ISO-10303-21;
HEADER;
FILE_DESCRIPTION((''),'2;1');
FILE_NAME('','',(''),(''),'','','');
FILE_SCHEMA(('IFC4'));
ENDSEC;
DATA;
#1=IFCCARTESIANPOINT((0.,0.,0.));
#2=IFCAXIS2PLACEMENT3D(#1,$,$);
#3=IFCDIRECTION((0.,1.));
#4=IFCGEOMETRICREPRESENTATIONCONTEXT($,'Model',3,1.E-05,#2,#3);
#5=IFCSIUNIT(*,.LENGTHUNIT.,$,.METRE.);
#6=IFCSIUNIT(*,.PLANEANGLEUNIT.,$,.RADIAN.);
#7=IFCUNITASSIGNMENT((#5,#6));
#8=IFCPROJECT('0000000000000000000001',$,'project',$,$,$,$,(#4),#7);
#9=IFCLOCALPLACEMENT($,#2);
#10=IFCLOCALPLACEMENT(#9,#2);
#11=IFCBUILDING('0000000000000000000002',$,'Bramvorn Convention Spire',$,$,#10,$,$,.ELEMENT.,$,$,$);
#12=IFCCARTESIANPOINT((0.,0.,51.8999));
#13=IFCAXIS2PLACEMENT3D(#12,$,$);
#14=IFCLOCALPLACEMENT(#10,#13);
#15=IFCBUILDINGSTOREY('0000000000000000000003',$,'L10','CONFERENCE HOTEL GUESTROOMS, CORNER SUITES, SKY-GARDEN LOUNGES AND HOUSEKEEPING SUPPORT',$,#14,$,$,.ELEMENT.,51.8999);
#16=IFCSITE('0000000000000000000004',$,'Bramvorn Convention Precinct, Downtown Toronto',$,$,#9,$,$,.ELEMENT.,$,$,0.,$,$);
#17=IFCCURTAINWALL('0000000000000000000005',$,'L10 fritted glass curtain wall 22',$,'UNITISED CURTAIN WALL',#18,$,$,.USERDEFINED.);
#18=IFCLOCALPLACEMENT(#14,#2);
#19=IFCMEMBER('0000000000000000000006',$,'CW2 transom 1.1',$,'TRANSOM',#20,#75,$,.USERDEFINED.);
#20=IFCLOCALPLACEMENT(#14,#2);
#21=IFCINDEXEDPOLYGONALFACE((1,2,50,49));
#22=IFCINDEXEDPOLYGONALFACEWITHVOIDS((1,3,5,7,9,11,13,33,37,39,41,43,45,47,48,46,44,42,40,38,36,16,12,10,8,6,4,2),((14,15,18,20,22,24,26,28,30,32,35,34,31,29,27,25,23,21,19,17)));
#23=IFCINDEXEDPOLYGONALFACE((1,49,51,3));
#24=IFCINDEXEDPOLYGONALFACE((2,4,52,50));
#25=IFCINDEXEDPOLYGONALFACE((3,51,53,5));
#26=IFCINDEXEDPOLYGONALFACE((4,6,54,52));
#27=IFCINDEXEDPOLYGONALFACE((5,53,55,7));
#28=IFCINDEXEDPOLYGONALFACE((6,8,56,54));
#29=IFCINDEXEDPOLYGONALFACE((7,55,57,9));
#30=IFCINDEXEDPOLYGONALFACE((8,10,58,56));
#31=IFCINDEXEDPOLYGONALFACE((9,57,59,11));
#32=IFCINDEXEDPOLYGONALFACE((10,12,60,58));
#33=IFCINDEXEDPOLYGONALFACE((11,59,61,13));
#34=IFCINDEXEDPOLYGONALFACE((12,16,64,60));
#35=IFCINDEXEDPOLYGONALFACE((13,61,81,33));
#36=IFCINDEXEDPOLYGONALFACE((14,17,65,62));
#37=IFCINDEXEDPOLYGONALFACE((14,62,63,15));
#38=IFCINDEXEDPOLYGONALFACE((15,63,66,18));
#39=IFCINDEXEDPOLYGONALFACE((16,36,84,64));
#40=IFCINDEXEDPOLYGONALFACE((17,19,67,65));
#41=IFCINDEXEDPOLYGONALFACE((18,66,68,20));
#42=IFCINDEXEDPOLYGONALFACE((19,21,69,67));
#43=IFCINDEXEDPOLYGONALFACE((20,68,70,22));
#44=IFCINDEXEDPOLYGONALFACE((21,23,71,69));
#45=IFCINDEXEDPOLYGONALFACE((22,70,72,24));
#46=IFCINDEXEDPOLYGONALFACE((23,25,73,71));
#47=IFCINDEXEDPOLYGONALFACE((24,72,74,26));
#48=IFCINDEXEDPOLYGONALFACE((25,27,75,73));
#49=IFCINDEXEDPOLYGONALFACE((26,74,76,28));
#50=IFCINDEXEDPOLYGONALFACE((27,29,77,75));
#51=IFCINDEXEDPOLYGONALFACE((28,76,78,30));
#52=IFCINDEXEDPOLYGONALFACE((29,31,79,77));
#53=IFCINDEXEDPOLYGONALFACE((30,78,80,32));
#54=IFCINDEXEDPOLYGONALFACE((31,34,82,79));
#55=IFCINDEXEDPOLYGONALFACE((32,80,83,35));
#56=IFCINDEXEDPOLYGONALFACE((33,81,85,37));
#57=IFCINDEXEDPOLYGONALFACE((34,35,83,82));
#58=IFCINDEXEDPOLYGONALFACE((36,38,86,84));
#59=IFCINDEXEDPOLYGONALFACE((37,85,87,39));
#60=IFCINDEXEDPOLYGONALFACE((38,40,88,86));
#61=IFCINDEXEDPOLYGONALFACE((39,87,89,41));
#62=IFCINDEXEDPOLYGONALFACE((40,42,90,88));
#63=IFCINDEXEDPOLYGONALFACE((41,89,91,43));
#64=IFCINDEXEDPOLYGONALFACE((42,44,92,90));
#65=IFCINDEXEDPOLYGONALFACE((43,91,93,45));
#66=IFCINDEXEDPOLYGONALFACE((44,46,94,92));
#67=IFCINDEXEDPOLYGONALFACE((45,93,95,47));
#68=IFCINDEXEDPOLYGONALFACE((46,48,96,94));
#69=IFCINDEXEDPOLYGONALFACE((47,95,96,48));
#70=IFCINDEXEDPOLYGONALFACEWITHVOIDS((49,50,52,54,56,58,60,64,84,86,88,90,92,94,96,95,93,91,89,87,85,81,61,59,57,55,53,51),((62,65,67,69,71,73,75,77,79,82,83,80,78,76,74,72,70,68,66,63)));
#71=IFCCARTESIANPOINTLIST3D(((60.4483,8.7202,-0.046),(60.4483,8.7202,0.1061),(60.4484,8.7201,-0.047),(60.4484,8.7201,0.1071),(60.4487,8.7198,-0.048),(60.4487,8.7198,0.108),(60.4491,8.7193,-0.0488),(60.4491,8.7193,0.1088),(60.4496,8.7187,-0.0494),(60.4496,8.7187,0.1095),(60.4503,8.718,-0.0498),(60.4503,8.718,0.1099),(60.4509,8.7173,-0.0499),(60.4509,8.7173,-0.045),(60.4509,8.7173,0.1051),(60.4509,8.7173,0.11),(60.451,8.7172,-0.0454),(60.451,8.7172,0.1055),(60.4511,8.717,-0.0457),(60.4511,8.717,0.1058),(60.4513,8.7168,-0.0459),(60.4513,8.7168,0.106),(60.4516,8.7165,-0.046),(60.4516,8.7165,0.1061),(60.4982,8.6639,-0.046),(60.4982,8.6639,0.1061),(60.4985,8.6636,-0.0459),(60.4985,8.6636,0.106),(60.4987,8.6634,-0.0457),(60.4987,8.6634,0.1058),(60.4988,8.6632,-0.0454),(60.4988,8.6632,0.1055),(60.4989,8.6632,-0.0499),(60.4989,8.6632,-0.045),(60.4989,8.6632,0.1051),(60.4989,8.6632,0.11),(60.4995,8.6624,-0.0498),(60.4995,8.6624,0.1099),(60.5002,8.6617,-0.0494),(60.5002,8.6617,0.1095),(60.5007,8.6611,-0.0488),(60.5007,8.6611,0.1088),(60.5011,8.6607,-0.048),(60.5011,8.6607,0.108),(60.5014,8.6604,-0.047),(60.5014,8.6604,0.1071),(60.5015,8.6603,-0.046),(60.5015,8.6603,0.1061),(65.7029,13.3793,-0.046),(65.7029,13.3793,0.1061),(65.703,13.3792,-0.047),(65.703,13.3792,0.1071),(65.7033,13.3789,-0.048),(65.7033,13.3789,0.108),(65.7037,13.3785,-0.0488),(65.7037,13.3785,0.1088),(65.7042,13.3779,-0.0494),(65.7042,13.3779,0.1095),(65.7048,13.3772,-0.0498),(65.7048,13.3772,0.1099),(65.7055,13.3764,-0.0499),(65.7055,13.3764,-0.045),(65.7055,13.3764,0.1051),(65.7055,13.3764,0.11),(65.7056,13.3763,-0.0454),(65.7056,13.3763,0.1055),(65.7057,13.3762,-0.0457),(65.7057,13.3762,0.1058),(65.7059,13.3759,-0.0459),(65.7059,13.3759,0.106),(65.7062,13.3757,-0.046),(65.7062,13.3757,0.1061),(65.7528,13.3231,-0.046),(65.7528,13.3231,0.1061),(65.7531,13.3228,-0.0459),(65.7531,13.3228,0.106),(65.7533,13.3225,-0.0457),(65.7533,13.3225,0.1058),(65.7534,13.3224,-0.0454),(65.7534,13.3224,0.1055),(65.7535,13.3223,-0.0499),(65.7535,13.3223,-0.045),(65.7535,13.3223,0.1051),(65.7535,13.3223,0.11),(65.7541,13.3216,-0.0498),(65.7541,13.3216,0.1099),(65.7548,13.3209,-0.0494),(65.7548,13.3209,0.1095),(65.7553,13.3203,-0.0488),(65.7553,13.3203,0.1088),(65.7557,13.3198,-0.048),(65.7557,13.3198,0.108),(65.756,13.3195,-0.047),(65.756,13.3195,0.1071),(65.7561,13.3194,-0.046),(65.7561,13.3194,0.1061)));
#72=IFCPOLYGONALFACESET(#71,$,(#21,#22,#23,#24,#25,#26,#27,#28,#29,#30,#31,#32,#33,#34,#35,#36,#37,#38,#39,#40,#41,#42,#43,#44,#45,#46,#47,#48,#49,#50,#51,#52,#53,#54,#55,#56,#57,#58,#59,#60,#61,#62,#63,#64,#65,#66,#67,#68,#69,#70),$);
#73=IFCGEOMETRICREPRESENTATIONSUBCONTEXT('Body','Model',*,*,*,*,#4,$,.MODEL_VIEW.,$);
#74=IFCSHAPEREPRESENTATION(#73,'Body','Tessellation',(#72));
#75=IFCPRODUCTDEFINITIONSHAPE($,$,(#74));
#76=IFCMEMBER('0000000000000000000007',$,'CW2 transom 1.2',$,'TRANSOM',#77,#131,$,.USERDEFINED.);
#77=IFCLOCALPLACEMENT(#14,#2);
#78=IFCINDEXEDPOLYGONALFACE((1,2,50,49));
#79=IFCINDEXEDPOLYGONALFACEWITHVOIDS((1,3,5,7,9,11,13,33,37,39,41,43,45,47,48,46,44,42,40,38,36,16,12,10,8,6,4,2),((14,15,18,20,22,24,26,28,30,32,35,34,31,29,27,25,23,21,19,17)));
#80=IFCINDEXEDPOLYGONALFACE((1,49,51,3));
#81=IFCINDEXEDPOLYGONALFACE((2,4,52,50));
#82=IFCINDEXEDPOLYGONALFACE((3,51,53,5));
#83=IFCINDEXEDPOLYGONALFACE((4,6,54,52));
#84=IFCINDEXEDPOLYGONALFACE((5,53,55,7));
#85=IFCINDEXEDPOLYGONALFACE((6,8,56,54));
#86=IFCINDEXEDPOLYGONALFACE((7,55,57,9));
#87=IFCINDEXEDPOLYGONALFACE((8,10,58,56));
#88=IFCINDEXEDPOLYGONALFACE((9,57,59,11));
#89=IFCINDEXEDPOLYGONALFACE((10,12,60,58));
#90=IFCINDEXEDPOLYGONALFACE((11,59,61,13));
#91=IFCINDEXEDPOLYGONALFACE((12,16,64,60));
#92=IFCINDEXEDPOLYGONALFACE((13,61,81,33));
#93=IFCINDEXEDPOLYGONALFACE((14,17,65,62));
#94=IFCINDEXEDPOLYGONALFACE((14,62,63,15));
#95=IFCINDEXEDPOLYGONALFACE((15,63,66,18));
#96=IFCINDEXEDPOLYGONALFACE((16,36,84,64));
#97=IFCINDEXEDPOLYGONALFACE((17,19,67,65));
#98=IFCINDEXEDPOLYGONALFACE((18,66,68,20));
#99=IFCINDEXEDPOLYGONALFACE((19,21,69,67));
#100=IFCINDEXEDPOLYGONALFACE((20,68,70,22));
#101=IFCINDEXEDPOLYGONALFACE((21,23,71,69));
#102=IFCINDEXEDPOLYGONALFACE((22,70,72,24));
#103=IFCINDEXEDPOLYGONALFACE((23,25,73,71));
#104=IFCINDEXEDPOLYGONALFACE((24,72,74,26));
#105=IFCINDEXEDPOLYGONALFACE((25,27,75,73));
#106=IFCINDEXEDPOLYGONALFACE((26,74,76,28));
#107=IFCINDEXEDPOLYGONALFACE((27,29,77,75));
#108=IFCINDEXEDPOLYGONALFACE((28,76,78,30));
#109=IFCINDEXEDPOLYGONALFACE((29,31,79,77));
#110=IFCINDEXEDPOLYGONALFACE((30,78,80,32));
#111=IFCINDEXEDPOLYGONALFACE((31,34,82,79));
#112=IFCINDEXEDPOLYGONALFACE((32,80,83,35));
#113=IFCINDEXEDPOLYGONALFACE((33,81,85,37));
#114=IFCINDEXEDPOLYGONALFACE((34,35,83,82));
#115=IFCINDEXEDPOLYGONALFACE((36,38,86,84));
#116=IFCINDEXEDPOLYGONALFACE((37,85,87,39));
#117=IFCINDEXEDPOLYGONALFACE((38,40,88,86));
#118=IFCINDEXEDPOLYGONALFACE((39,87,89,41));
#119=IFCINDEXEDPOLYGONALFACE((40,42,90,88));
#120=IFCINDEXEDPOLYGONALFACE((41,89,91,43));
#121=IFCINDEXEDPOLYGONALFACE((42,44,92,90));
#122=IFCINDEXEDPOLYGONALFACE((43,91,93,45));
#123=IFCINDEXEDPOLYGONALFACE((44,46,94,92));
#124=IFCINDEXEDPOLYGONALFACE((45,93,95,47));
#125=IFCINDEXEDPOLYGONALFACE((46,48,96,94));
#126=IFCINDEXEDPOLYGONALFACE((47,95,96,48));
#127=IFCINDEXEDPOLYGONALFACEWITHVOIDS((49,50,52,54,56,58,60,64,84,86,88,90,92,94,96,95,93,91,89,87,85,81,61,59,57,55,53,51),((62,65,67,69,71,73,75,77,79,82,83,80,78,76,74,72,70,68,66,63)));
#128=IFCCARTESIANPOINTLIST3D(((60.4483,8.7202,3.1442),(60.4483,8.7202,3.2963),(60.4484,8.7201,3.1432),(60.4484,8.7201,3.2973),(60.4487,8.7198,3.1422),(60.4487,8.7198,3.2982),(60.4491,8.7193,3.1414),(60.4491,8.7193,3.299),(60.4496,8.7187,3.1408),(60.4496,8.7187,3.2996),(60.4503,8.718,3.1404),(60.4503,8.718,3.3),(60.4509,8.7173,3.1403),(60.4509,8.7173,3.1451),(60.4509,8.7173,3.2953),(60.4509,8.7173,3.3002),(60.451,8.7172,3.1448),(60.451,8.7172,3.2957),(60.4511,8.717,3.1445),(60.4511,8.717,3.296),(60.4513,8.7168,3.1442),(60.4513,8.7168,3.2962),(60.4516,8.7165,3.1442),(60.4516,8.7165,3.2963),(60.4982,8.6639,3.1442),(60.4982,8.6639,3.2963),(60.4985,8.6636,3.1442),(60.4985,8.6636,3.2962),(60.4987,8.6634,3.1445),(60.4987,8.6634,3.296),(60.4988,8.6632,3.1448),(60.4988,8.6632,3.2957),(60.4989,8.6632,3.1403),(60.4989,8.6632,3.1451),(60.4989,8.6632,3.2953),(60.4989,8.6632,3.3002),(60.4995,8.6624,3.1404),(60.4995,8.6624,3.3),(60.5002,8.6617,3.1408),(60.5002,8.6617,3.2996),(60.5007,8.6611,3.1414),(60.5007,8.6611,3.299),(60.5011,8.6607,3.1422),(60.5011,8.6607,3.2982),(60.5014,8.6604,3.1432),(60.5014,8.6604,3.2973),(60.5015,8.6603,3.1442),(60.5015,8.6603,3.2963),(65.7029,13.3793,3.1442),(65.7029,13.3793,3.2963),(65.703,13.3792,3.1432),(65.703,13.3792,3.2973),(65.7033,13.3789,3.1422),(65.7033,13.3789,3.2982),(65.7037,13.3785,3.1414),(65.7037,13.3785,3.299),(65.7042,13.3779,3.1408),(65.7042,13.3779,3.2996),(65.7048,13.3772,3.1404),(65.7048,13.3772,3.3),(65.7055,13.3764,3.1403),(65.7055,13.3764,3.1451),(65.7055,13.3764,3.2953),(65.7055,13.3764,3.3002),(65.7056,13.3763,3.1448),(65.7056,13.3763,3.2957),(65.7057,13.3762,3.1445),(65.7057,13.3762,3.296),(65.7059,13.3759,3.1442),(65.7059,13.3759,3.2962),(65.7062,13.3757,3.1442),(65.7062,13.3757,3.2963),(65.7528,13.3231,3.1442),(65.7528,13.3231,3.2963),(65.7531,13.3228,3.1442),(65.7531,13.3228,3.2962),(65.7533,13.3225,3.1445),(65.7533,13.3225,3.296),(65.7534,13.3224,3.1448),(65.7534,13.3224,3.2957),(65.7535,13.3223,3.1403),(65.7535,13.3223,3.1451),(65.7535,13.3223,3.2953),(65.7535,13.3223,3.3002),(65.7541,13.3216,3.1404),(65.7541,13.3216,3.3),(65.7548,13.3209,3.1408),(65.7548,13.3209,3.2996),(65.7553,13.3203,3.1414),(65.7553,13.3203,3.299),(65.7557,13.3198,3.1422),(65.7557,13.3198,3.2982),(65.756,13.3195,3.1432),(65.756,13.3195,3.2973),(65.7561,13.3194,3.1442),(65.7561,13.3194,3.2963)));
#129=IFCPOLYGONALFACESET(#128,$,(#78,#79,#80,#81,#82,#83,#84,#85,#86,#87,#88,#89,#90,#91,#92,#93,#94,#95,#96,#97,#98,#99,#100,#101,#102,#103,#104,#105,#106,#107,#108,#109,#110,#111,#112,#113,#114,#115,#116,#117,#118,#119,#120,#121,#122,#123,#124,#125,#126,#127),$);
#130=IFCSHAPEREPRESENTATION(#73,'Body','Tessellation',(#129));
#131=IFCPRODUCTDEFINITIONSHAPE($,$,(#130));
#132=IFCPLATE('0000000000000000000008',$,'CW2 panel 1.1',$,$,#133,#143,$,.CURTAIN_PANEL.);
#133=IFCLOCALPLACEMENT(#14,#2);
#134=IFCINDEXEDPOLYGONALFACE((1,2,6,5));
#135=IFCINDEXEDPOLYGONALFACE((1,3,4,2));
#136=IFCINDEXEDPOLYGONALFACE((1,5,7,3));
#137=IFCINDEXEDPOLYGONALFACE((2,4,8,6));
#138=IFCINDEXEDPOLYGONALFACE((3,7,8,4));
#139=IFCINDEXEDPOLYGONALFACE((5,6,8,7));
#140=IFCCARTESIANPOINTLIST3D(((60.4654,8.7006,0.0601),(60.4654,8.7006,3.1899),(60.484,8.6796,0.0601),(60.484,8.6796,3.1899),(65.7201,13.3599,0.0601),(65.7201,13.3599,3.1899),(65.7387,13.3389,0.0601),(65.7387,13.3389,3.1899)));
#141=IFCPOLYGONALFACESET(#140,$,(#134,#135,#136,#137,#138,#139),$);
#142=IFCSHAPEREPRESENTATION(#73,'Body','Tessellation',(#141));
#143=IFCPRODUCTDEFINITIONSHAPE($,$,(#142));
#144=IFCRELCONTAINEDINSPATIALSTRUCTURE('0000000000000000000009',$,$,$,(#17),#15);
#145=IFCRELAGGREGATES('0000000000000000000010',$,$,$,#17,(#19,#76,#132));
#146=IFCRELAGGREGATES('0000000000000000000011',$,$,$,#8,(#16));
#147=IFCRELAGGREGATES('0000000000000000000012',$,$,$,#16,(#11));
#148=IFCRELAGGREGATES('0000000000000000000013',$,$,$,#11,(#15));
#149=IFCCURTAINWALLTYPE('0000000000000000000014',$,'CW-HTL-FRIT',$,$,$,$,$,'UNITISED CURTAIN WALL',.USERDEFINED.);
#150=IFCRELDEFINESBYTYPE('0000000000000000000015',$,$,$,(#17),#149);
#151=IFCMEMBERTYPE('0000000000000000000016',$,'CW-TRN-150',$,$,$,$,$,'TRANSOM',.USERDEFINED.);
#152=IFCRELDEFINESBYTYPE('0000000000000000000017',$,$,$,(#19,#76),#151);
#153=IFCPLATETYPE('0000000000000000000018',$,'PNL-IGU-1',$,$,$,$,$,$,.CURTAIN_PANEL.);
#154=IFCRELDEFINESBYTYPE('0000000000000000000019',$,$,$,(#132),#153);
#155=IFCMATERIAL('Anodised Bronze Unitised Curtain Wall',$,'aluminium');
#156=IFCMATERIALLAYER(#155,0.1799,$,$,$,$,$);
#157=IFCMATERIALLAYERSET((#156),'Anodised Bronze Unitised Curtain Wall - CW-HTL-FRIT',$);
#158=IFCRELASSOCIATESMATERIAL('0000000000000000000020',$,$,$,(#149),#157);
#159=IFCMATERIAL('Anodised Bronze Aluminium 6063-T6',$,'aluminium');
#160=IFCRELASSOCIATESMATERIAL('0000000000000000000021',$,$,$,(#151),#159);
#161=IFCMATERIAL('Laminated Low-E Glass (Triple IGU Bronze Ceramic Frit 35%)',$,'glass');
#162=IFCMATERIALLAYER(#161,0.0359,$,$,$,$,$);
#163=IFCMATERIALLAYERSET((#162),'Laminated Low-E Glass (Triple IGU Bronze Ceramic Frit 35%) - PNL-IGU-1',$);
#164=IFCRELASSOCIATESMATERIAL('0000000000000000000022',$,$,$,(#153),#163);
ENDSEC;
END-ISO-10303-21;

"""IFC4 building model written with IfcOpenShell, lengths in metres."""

from ifc_helpers import new_model, si_unit, direction, frame, origin, origin_2d, place, context, subcontext, project, spatial, rectangle, hollow_rectangle, extrude, material, layer, layer_set, material_profile, profile_set, type_object, element, aggregate, save


model = new_model("IFC4")

# Units and contexts
model_context = context("Model", 3, precision=1e-05, world=origin(), true_north=direction((0.0, 1.0)))
body_context = subcontext(model_context, "Body", "Model", "MODEL_VIEW")
ifc_project = project(units=[si_unit("LENGTHUNIT", "METRE"), si_unit("PLANEANGLEUNIT", "RADIAN")], contexts=[model_context])

# Site, building, storey
site_placement = place(None, origin())
site = spatial("IfcSite", under=ifc_project, at=site_placement, Name="Bramvorn Convention Precinct, Downtown Toronto", CompositionType="ELEMENT", RefElevation=0.0)
building_placement = place(site_placement, origin())
building = spatial("IfcBuilding", under=site, at=building_placement, Name="Bramvorn Convention Spire", CompositionType="ELEMENT")
storey_placement = place(building_placement, frame((0.0, 0.0, 51.8999)))
storey = spatial("IfcBuildingStorey", under=building, at=storey_placement, Name="L10", Description="CONFERENCE HOTEL GUESTROOMS, CORNER SUITES, SKY-GARDEN LOUNGES AND HOUSEKEEPING SUPPORT", CompositionType="ELEMENT", Elevation=51.8999)

# Shared definitions
ifc_material_1 = material(Name="Anodised Bronze Unitised Curtain Wall", Category="aluminium")
ifc_layer_1 = layer(ifc_material_1, 0.1799)
ifc_layer_set_1 = layer_set([ifc_layer_1], Name="Anodised Bronze Unitised Curtain Wall - CW-HTL-FRIT")
curtain_wall_type = type_object("IfcCurtainWallType", Name="CW-HTL-FRIT", ElementType="UNITISED CURTAIN WALL", PredefinedType="USERDEFINED", material=ifc_layer_set_1)
ifc_material_2 = material(Name="Anodised Bronze Aluminium 6063-T6", Category="aluminium")

# Curtain wall
curtain_wall_1_placement = place(storey_placement, origin())
curtain_wall_1 = element("IfcCurtainWall", 1, at=curtain_wall_1_placement, inside=storey, type_object=curtain_wall_type, Name="L10 fritted glass curtain wall 22", ObjectType="UNITISED CURTAIN WALL", PredefinedType="USERDEFINED")

# Members
ifc_material_profile_1 = material_profile(ifc_material_2, hollow_rectangle(XDim=0.0801, YDim=0.1599, WallThickness=0.0039, InnerFilletRadius=0.001, OuterFilletRadius=0.0039, at=origin_2d()))
ifc_profile_set_1 = profile_set([ifc_material_profile_1], Name="Anodised Bronze Aluminium 6063-T6 - CWT80X160")
member_type_1 = type_object("IfcMemberType", Name="CW-TRN-150", ElementType="TRANSOM", PredefinedType="USERDEFINED", material=ifc_profile_set_1)
member_1_placement = place(storey_placement, frame((65.7295, 13.3494, 0.03), z_axis=(-0.74823, -0.66344, 0.0), x_axis=(0.66344, -0.74823, 0.0)))
member_1 = element("IfcMember", 2, at=member_1_placement, type_object=member_type_1, Name="CW2 transom 1.1", ObjectType="TRANSOM", PredefinedType="USERDEFINED", context=body_context, shape_type="SweptSolid", body=[
    extrude(hollow_rectangle(XDim=0.0801, YDim=0.1599, WallThickness=0.0039, InnerFilletRadius=0.001, OuterFilletRadius=0.0039, at=origin_2d()), origin(), (0.0, 0.0, 1.0), 7.0227),
])
member_2_placement = place(storey_placement, frame((65.7295, 13.3494, 3.2202), z_axis=(-0.74823, -0.66344, 0.0), x_axis=(0.66344, -0.74823, 0.0)))
member_2 = element("IfcMember", 3, at=member_2_placement, type_object=member_type_1, Name="CW2 transom 1.2", ObjectType="TRANSOM", PredefinedType="USERDEFINED", context=body_context, shape_type="SweptSolid", body=[
    extrude(hollow_rectangle(XDim=0.0801, YDim=0.1599, WallThickness=0.0039, InnerFilletRadius=0.001, OuterFilletRadius=0.0039, at=origin_2d()), origin(), (0.0, 0.0, 1.0), 7.0227),
])

# Plate
ifc_material_3 = material(Name="Laminated Low-E Glass (Triple IGU Bronze Ceramic Frit 35%)", Category="glass")
ifc_layer_2 = layer(ifc_material_3, 0.0359)
ifc_layer_set_2 = layer_set([ifc_layer_2], Name="Laminated Low-E Glass (Triple IGU Bronze Ceramic Frit 35%) - PNL-IGU-1")
plate_type = type_object("IfcPlateType", Name="PNL-IGU-1", PredefinedType="CURTAIN_PANEL", material=ifc_layer_set_2)
plate_placement = place(storey_placement, frame((63.1021, 11.0198, 0.0601), z_axis=(0.0, 0.0, 1.0), x_axis=(-0.748227, -0.663443, 0.0)))
plate = element("IfcPlate", 4, at=plate_placement, type_object=plate_type, Name="CW2 panel 1.1", PredefinedType="CURTAIN_PANEL", context=body_context, shape_type="SweptSolid", body=[
    extrude(rectangle(XDim=7.0229, YDim=0.0281, at=origin_2d()), origin(), (0.0, 0.0, 1.0), 3.1299),
])
aggregate(curtain_wall_1, [member_1, member_2, plate])

save(model, "model.ifc")
